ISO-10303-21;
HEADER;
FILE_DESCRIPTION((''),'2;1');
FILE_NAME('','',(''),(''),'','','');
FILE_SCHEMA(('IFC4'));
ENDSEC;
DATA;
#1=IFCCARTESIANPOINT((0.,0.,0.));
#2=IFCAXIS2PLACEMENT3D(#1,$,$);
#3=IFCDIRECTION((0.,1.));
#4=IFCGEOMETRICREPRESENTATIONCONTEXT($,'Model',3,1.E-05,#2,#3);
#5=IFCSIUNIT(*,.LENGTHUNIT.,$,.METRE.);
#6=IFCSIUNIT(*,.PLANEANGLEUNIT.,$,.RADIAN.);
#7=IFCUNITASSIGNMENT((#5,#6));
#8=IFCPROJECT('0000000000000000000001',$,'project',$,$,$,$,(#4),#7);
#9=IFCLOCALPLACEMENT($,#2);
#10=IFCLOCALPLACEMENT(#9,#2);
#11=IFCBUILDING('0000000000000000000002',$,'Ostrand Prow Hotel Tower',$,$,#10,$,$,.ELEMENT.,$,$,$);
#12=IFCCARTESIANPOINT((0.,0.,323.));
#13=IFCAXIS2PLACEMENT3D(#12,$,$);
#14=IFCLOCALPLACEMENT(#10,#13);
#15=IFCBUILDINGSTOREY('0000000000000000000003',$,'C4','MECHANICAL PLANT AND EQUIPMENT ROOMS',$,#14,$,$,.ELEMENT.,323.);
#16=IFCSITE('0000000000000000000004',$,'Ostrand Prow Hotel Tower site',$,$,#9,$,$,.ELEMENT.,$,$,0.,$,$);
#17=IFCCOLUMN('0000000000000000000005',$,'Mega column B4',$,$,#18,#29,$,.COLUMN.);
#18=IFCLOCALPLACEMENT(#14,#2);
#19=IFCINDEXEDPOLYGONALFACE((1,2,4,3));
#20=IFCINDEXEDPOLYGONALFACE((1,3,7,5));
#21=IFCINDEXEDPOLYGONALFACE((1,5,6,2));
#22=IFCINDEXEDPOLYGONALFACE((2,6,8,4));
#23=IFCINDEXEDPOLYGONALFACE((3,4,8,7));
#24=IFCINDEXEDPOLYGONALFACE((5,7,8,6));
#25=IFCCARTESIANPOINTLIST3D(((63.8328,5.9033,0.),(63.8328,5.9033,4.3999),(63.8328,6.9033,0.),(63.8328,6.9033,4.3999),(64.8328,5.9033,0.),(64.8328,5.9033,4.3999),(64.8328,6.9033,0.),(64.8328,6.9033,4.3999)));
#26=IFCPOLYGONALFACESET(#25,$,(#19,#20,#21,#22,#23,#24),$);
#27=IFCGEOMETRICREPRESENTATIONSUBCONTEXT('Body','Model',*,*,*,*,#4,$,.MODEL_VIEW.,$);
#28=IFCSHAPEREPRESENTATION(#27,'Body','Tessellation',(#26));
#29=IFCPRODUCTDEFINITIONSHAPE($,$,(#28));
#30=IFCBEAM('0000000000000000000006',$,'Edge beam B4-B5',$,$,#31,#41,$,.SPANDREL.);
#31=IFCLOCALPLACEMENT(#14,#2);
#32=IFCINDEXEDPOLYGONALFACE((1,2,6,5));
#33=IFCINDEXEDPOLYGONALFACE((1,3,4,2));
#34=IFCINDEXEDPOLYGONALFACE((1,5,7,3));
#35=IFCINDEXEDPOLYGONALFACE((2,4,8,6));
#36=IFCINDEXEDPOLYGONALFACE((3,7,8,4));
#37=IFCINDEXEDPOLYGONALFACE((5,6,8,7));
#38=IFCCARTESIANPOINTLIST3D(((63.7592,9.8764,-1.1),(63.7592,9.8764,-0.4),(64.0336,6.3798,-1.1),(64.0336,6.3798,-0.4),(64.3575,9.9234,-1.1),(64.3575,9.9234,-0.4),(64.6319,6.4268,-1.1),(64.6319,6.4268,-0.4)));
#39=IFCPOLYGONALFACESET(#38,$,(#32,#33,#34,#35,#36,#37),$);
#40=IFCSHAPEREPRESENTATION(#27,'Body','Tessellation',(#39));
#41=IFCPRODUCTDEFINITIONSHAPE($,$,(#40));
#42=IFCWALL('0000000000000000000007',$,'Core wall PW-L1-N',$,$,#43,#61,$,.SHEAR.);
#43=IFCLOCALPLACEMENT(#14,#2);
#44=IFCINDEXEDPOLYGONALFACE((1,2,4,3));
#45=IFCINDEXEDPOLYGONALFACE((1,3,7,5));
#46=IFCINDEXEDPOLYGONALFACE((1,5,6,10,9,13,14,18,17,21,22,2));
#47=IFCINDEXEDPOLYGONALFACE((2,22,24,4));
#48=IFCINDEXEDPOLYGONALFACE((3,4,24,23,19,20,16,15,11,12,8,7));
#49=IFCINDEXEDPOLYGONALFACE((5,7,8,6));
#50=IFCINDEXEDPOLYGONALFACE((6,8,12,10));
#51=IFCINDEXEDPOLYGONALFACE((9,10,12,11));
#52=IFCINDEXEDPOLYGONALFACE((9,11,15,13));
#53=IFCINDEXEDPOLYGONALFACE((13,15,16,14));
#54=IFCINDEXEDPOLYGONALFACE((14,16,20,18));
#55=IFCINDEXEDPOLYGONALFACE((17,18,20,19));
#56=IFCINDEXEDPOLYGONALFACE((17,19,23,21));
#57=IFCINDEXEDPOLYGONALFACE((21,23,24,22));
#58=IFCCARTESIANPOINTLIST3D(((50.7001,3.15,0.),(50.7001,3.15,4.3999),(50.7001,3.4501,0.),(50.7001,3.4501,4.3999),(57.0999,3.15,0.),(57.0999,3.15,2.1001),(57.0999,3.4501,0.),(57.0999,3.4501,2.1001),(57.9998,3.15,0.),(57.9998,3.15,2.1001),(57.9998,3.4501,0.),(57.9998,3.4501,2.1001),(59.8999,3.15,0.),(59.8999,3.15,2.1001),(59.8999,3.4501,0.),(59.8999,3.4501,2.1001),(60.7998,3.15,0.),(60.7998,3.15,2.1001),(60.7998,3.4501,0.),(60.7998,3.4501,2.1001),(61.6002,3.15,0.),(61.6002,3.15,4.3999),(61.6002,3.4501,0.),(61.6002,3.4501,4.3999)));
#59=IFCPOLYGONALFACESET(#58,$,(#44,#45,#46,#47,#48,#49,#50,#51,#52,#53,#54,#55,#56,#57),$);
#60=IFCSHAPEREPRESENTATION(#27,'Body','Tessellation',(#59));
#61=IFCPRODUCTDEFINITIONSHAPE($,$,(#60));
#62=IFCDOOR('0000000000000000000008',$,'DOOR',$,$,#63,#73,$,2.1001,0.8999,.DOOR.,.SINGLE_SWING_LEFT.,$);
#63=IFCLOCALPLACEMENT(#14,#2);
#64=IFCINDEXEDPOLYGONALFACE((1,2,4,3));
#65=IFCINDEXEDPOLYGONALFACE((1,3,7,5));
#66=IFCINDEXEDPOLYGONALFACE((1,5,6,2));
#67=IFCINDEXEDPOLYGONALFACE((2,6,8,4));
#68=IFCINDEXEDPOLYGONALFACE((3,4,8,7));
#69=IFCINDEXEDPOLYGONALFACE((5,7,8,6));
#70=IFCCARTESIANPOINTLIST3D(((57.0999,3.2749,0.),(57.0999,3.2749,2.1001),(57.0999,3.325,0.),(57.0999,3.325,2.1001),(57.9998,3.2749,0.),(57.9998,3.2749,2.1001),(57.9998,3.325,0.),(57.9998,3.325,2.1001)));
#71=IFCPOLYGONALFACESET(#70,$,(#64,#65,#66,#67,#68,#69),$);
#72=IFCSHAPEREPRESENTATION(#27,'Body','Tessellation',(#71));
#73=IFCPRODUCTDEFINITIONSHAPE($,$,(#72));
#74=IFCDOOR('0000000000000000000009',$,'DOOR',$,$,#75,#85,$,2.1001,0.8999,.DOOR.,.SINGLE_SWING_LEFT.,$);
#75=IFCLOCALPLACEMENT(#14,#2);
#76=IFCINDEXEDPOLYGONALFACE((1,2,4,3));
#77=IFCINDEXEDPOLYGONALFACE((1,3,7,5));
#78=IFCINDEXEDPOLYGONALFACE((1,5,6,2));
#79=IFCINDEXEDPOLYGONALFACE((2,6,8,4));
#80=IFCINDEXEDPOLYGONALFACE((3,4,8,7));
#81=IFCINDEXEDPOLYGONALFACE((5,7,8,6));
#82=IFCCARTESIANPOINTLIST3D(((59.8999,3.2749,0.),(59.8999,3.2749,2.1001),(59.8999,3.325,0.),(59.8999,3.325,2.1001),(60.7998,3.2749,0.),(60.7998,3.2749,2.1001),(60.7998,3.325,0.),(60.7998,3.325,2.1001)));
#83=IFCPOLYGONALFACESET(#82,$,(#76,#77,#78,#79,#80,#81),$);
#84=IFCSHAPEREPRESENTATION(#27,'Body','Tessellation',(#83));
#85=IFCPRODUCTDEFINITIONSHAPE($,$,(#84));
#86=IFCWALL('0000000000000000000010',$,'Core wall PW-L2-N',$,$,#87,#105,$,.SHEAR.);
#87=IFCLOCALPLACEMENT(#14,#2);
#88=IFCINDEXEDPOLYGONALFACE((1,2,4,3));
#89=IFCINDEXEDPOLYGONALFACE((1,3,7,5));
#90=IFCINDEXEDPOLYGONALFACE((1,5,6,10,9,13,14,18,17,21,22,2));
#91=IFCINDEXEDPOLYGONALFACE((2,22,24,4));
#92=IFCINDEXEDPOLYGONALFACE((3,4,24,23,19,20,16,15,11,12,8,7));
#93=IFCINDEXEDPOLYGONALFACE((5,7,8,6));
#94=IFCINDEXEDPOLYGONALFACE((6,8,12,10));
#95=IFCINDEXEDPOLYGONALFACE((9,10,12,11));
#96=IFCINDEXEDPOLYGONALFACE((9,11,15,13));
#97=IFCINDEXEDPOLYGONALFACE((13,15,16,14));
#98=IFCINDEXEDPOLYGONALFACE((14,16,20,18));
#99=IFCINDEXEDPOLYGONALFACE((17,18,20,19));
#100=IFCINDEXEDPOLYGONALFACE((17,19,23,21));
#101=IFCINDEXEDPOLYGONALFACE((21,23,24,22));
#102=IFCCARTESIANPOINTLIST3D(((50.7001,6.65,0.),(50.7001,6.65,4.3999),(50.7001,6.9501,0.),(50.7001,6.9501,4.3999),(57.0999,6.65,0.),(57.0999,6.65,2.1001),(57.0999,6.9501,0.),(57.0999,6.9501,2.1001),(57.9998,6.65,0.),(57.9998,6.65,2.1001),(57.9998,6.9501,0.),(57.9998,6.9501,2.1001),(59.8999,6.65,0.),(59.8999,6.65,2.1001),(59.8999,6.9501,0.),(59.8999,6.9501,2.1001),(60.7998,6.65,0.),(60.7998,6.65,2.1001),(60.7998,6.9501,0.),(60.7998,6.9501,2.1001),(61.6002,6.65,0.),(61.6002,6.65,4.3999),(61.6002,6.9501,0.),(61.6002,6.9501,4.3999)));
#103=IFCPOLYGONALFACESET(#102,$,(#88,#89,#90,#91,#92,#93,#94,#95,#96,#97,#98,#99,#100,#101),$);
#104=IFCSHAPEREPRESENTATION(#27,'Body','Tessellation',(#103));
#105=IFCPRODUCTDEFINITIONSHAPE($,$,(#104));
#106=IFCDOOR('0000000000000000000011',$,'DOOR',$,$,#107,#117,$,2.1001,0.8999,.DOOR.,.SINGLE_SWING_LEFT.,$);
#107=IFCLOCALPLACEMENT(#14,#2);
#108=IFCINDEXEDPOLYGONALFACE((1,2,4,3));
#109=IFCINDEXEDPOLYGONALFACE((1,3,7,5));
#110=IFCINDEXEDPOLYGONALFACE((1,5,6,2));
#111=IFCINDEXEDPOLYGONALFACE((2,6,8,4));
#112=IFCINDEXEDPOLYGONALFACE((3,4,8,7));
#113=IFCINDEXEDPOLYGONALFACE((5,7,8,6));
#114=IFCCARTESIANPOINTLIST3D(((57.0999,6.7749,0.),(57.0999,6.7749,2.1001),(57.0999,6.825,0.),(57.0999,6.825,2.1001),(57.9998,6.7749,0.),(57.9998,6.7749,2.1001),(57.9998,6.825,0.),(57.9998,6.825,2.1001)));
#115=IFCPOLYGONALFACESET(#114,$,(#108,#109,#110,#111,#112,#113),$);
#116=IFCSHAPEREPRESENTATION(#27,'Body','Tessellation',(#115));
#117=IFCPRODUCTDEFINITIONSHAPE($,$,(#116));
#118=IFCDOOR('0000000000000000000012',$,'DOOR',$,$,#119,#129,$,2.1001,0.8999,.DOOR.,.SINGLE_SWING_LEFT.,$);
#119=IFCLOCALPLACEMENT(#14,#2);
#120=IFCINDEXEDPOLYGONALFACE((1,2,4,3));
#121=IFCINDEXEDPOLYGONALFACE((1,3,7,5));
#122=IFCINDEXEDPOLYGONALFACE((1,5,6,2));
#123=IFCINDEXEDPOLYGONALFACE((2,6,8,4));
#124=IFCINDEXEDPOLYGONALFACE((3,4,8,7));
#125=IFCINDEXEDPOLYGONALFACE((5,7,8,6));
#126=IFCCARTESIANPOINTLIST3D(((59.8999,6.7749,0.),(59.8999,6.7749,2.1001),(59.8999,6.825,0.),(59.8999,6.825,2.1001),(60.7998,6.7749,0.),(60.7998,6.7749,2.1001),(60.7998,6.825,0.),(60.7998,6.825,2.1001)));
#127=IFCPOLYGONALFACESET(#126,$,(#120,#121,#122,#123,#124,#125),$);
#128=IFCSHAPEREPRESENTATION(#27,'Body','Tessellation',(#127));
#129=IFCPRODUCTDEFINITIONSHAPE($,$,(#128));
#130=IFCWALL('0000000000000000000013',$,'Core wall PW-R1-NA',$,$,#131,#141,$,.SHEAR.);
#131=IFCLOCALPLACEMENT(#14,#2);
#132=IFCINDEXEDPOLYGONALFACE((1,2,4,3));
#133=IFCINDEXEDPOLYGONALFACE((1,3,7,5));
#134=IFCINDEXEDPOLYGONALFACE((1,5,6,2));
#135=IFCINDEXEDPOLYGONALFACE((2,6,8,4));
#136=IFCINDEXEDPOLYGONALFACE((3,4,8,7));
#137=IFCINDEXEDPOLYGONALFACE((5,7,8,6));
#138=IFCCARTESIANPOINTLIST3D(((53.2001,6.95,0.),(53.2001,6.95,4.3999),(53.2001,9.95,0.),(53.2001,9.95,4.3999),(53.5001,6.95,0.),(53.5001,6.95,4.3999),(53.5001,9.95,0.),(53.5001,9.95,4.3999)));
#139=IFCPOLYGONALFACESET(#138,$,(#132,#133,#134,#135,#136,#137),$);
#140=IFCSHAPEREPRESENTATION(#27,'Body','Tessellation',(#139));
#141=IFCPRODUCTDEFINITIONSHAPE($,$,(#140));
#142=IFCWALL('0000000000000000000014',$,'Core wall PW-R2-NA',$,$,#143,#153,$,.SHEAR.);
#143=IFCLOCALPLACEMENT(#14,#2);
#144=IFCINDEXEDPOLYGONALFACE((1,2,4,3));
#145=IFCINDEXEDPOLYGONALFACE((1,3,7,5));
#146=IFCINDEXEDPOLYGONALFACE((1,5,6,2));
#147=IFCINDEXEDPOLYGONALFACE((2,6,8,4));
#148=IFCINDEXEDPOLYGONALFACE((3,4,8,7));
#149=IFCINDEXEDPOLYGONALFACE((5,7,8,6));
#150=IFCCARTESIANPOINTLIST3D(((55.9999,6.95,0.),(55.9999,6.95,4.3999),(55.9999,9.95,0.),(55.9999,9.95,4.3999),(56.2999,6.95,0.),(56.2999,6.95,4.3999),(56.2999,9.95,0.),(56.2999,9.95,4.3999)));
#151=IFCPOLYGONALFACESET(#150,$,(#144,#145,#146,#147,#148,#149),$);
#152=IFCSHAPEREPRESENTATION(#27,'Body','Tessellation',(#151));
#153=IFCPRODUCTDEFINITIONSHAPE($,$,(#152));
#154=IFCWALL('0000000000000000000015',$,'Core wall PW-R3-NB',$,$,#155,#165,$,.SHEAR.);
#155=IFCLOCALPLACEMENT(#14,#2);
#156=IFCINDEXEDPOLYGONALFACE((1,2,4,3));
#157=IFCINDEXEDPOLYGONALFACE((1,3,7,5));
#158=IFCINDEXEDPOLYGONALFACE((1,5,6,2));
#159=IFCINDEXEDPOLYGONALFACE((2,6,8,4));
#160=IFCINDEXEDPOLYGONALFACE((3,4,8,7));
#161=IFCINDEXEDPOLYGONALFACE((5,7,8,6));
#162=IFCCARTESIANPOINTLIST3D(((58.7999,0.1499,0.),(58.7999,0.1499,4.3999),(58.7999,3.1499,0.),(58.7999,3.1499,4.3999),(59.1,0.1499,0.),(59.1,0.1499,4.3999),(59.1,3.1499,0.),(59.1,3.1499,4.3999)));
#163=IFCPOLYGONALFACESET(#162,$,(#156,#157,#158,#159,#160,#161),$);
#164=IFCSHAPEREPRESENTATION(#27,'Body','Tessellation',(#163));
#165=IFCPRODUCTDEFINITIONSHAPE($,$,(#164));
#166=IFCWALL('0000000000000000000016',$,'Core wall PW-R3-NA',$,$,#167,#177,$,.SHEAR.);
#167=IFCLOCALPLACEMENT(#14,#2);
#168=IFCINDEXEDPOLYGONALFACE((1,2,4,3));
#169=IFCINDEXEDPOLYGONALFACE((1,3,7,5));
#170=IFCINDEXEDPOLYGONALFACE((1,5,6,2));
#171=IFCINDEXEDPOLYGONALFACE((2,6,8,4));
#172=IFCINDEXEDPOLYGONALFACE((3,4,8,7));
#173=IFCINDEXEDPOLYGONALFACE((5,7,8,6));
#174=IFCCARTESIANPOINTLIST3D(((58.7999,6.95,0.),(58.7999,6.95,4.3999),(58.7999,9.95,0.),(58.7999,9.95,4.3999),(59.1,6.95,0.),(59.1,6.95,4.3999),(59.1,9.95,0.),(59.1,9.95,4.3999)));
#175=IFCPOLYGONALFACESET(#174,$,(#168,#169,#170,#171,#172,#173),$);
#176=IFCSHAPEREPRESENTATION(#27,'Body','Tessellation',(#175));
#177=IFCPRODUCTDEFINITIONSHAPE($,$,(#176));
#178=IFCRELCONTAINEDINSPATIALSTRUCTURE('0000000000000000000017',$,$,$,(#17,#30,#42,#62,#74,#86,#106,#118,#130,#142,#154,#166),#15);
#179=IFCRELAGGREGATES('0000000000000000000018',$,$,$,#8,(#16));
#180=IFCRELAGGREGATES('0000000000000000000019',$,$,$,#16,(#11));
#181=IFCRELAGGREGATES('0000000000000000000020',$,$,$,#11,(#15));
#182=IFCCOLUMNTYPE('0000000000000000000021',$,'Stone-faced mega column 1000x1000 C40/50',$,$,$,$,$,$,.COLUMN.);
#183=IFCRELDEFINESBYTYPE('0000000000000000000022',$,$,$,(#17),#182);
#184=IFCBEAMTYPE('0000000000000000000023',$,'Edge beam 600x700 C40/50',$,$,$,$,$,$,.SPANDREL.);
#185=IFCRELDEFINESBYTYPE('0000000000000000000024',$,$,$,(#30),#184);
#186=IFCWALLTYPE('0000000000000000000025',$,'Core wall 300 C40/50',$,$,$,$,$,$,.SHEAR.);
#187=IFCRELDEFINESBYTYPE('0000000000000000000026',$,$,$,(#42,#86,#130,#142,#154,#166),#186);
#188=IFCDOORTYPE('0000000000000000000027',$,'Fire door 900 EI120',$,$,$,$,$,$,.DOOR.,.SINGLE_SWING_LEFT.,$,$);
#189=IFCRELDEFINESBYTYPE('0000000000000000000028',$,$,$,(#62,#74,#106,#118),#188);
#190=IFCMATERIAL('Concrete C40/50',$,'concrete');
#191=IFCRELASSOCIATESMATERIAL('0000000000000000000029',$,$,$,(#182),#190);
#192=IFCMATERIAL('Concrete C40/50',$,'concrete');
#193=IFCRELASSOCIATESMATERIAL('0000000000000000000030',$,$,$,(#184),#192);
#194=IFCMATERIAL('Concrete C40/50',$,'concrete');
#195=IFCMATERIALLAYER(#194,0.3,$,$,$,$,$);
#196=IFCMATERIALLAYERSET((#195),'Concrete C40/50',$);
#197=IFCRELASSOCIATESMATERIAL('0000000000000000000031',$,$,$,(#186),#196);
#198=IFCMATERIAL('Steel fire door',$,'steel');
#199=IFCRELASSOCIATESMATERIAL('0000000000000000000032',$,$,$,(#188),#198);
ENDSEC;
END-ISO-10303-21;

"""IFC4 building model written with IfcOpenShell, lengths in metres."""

from ifc_helpers import new_model, si_unit, direction, frame, frame_2d, origin, origin_2d, place, context, subcontext, project, spatial, rectangle, extrude, material, layer, layer_set, material_profile, profile_set, type_object, element, fill, save


model = new_model("IFC4")

# Units and contexts
model_context = context("Model", 3, precision=1e-05, world=origin(), true_north=direction((0.0, 1.0)))
body_context = subcontext(model_context, "Body", "Model", "MODEL_VIEW")
ifc_project = project(units=[si_unit("LENGTHUNIT", "METRE"), si_unit("PLANEANGLEUNIT", "RADIAN")], contexts=[model_context])

# Site, building, storey
site_placement = place(None, origin())
site = spatial("IfcSite", under=ifc_project, at=site_placement, Name="Ostrand Prow Hotel Tower site", CompositionType="ELEMENT", RefElevation=0.0)
building_placement = place(site_placement, origin())
building = spatial("IfcBuilding", under=site, at=building_placement, Name="Ostrand Prow Hotel Tower", CompositionType="ELEMENT")
storey_placement = place(building_placement, frame((0.0, 0.0, 323.0)))
storey = spatial("IfcBuildingStorey", under=building, at=storey_placement, Name="C4", Description="MECHANICAL PLANT AND EQUIPMENT ROOMS", CompositionType="ELEMENT", Elevation=323.0)

# Column
ifc_material_1 = material(Name="Concrete C40/50", Category="concrete")
ifc_material_profile_1 = material_profile(ifc_material_1, rectangle(XDim=1.0, YDim=1.0, at=origin_2d()), Name="RC 1000x1000")
ifc_profile_set_1 = profile_set([ifc_material_profile_1], Name="Concrete C40/50")
column_type = type_object("IfcColumnType", Name="Stone-faced mega column 1000x1000 C40/50", PredefinedType="COLUMN", material=ifc_profile_set_1)
column_placement = place(storey_placement, frame((64.3328, 6.4033, 0.0), z_axis=(0.0, 0.0, 1.0), x_axis=(1.0, 0.0, 0.0)))
element("IfcColumn", 1, at=column_placement, inside=storey, type_object=column_type, Name="Mega column B4", PredefinedType="COLUMN", context=body_context, shape_type="SweptSolid", body=[
    extrude(rectangle(XDim=1.0, YDim=1.0, at=origin_2d()), origin(), (0.0, 0.0, 1.0), 4.3999),
])

# Beam
ifc_material_2 = material(Name="Concrete C40/50", Category="concrete")
ifc_material_profile_2 = material_profile(ifc_material_2, rectangle(XDim=0.6001, YDim=0.7, at=origin_2d()), Name="RC 600x700")
ifc_profile_set_2 = profile_set([ifc_material_profile_2], Name="Concrete C40/50")
beam_type = type_object("IfcBeamType", Name="Edge beam 600x700 C40/50", PredefinedType="SPANDREL", material=ifc_profile_set_2)
beam_placement = place(storey_placement, frame((64.3328, 6.4033, -0.75), z_axis=(-0.07824, 0.996935, 0.0), x_axis=(-0.996935, -0.07824, 0.0)))
element("IfcBeam", 2, at=beam_placement, inside=storey, type_object=beam_type, Name="Edge beam B4-B5", PredefinedType="SPANDREL", context=body_context, shape_type="SweptSolid", body=[
    extrude(rectangle(XDim=0.6001, YDim=0.7, at=origin_2d()), origin(), (0.0, 0.0, 1.0), 3.5073),
])

# Walls, openings, doors
ifc_material_3 = material(Name="Concrete C40/50", Category="concrete")
ifc_layer_1 = layer(ifc_material_3, 0.3)
ifc_layer_set_1 = layer_set([ifc_layer_1], Name="Concrete C40/50")
wall_type_1 = type_object("IfcWallType", Name="Core wall 300 C40/50", PredefinedType="SHEAR", material=ifc_layer_set_1)
wall_1_placement = place(storey_placement, frame((50.7, 3.3, 0.0), z_axis=(0.0, 0.0, 1.0), x_axis=(1.0, 0.0, 0.0)))
wall_1 = element("IfcWall", 3, at=wall_1_placement, inside=storey, type_object=wall_type_1, Name="Core wall PW-L1-N", PredefinedType="SHEAR", context=body_context, shape_type="SweptSolid", body=[
    extrude(rectangle(XDim=10.9001, YDim=0.3, at=frame_2d((5.4502, 0.0))), origin(), (0.0, 0.0, 1.0), 4.3999),
])
opening_1_placement = place(wall_1_placement, frame((6.3999, 0.0, 0.0)))
opening_1 = element("IfcOpeningElement", 4, at=opening_1_placement, cuts=wall_1, PredefinedType="OPENING", context=body_context, shape_type="SweptSolid", body=[
    extrude(rectangle(XDim=0.8999, YDim=2.1001, at=frame_2d((0.45, 1.05))), frame((0.0, 0.1599, 0.0), z_axis=(0.0, -1.0, 0.0), x_axis=(1.0, 0.0, 0.0)), (0.0, 0.0, 1.0), 0.3201),
])
opening_2_placement = place(wall_1_placement, frame((9.2, 0.0, 0.0)))
opening_2 = element("IfcOpeningElement", 5, at=opening_2_placement, cuts=wall_1, PredefinedType="OPENING", context=body_context, shape_type="SweptSolid", body=[
    extrude(rectangle(XDim=0.8999, YDim=2.1001, at=frame_2d((0.45, 1.05))), frame((0.0, 0.1599, 0.0), z_axis=(0.0, -1.0, 0.0), x_axis=(1.0, 0.0, 0.0)), (0.0, 0.0, 1.0), 0.3201),
])
ifc_material_4 = material(Name="Steel fire door", Category="steel")
door_type_1 = type_object("IfcDoorType", Name="Fire door 900 EI120", OperationType="SINGLE_SWING_LEFT", PredefinedType="DOOR", material=ifc_material_4)
door_1_placement = place(opening_1_placement, origin())
door_1 = element("IfcDoor", 6, at=door_1_placement, inside=storey, type_object=door_type_1, Name="DOOR", OperationType="SINGLE_SWING_LEFT", OverallHeight=2.1001, OverallWidth=0.8999, PredefinedType="DOOR", context=body_context, shape_type="SweptSolid", body=[
    extrude(rectangle(XDim=0.8999, YDim=2.1001, at=frame_2d((0.45, 1.05))), frame((0.0, 0.0249, 0.0), z_axis=(0.0, -1.0, 0.0), x_axis=(1.0, 0.0, 0.0)), (0.0, 0.0, 1.0), 0.05),
])
fill(opening_1, door_1)
door_2_placement = place(opening_2_placement, origin())
door_2 = element("IfcDoor", 7, at=door_2_placement, inside=storey, type_object=door_type_1, Name="DOOR", OperationType="SINGLE_SWING_LEFT", OverallHeight=2.1001, OverallWidth=0.8999, PredefinedType="DOOR", context=body_context, shape_type="SweptSolid", body=[
    extrude(rectangle(XDim=0.8999, YDim=2.1001, at=frame_2d((0.45, 1.05))), frame((0.0, 0.0249, 0.0), z_axis=(0.0, -1.0, 0.0), x_axis=(1.0, 0.0, 0.0)), (0.0, 0.0, 1.0), 0.05),
])
fill(opening_2, door_2)
wall_2_placement = place(storey_placement, frame((50.7, 6.8, 0.0), z_axis=(0.0, 0.0, 1.0), x_axis=(1.0, 0.0, 0.0)))
wall_2 = element("IfcWall", 8, at=wall_2_placement, inside=storey, type_object=wall_type_1, Name="Core wall PW-L2-N", PredefinedType="SHEAR", context=body_context, shape_type="SweptSolid", body=[
    extrude(rectangle(XDim=10.9001, YDim=0.3, at=frame_2d((5.4502, 0.0))), origin(), (0.0, 0.0, 1.0), 4.3999),
])
opening_3_placement = place(wall_2_placement, frame((6.3999, 0.0, 0.0)))
opening_3 = element("IfcOpeningElement", 9, at=opening_3_placement, cuts=wall_2, PredefinedType="OPENING", context=body_context, shape_type="SweptSolid", body=[
    extrude(rectangle(XDim=0.8999, YDim=2.1001, at=frame_2d((0.45, 1.05))), frame((0.0, 0.1599, 0.0), z_axis=(0.0, -1.0, 0.0), x_axis=(1.0, 0.0, 0.0)), (0.0, 0.0, 1.0), 0.3201),
])
opening_4_placement = place(wall_2_placement, frame((9.2, 0.0, 0.0)))
opening_4 = element("IfcOpeningElement", 10, at=opening_4_placement, cuts=wall_2, PredefinedType="OPENING", context=body_context, shape_type="SweptSolid", body=[
    extrude(rectangle(XDim=0.8999, YDim=2.1001, at=frame_2d((0.45, 1.05))), frame((0.0, 0.1599, 0.0), z_axis=(0.0, -1.0, 0.0), x_axis=(1.0, 0.0, 0.0)), (0.0, 0.0, 1.0), 0.3201),
])
door_3_placement = place(opening_3_placement, origin())
door_3 = element("IfcDoor", 11, at=door_3_placement, inside=storey, type_object=door_type_1, Name="DOOR", OperationType="SINGLE_SWING_LEFT", OverallHeight=2.1001, OverallWidth=0.8999, PredefinedType="DOOR", context=body_context, shape_type="SweptSolid", body=[
    extrude(rectangle(XDim=0.8999, YDim=2.1001, at=frame_2d((0.45, 1.05))), frame((0.0, 0.0249, 0.0), z_axis=(0.0, -1.0, 0.0), x_axis=(1.0, 0.0, 0.0)), (0.0, 0.0, 1.0), 0.05),
])
fill(opening_3, door_3)
door_4_placement = place(opening_4_placement, origin())
door_4 = element("IfcDoor", 12, at=door_4_placement, inside=storey, type_object=door_type_1, Name="DOOR", OperationType="SINGLE_SWING_LEFT", OverallHeight=2.1001, OverallWidth=0.8999, PredefinedType="DOOR", context=body_context, shape_type="SweptSolid", body=[
    extrude(rectangle(XDim=0.8999, YDim=2.1001, at=frame_2d((0.45, 1.05))), frame((0.0, 0.0249, 0.0), z_axis=(0.0, -1.0, 0.0), x_axis=(1.0, 0.0, 0.0)), (0.0, 0.0, 1.0), 0.05),
])
fill(opening_4, door_4)

# Walls
for number, where, z_axis, x_axis, name in (
    (13, (53.3501, 6.95, 0.0), (0.0, 0.0, 1.0), (0.0, 1.0, 0.0), "Core wall PW-R1-NA"),
    (14, (56.1499, 6.95, 0.0), (0.0, 0.0, 1.0), (0.0, 1.0, 0.0), "Core wall PW-R2-NA"),
    (15, (58.95, 0.1499, 0.0), (0.0, 0.0, 1.0), (0.0, 1.0, 0.0), "Core wall PW-R3-NB"),
    (16, (58.95, 6.95, 0.0), (0.0, 0.0, 1.0), (0.0, 1.0, 0.0), "Core wall PW-R3-NA"),
):
    element("IfcWall", number, at=place(storey_placement, frame(where, z_axis=z_axis, x_axis=x_axis)), inside=storey, type_object=wall_type_1, Name=name, PredefinedType="SHEAR", context=body_context, shape_type="SweptSolid", body=[
        extrude(rectangle(XDim=3.0, YDim=0.3, at=frame_2d((1.5, 0.0))), origin(), (0.0, 0.0, 1.0), 4.3999),
    ])

save(model, "model.ifc")
